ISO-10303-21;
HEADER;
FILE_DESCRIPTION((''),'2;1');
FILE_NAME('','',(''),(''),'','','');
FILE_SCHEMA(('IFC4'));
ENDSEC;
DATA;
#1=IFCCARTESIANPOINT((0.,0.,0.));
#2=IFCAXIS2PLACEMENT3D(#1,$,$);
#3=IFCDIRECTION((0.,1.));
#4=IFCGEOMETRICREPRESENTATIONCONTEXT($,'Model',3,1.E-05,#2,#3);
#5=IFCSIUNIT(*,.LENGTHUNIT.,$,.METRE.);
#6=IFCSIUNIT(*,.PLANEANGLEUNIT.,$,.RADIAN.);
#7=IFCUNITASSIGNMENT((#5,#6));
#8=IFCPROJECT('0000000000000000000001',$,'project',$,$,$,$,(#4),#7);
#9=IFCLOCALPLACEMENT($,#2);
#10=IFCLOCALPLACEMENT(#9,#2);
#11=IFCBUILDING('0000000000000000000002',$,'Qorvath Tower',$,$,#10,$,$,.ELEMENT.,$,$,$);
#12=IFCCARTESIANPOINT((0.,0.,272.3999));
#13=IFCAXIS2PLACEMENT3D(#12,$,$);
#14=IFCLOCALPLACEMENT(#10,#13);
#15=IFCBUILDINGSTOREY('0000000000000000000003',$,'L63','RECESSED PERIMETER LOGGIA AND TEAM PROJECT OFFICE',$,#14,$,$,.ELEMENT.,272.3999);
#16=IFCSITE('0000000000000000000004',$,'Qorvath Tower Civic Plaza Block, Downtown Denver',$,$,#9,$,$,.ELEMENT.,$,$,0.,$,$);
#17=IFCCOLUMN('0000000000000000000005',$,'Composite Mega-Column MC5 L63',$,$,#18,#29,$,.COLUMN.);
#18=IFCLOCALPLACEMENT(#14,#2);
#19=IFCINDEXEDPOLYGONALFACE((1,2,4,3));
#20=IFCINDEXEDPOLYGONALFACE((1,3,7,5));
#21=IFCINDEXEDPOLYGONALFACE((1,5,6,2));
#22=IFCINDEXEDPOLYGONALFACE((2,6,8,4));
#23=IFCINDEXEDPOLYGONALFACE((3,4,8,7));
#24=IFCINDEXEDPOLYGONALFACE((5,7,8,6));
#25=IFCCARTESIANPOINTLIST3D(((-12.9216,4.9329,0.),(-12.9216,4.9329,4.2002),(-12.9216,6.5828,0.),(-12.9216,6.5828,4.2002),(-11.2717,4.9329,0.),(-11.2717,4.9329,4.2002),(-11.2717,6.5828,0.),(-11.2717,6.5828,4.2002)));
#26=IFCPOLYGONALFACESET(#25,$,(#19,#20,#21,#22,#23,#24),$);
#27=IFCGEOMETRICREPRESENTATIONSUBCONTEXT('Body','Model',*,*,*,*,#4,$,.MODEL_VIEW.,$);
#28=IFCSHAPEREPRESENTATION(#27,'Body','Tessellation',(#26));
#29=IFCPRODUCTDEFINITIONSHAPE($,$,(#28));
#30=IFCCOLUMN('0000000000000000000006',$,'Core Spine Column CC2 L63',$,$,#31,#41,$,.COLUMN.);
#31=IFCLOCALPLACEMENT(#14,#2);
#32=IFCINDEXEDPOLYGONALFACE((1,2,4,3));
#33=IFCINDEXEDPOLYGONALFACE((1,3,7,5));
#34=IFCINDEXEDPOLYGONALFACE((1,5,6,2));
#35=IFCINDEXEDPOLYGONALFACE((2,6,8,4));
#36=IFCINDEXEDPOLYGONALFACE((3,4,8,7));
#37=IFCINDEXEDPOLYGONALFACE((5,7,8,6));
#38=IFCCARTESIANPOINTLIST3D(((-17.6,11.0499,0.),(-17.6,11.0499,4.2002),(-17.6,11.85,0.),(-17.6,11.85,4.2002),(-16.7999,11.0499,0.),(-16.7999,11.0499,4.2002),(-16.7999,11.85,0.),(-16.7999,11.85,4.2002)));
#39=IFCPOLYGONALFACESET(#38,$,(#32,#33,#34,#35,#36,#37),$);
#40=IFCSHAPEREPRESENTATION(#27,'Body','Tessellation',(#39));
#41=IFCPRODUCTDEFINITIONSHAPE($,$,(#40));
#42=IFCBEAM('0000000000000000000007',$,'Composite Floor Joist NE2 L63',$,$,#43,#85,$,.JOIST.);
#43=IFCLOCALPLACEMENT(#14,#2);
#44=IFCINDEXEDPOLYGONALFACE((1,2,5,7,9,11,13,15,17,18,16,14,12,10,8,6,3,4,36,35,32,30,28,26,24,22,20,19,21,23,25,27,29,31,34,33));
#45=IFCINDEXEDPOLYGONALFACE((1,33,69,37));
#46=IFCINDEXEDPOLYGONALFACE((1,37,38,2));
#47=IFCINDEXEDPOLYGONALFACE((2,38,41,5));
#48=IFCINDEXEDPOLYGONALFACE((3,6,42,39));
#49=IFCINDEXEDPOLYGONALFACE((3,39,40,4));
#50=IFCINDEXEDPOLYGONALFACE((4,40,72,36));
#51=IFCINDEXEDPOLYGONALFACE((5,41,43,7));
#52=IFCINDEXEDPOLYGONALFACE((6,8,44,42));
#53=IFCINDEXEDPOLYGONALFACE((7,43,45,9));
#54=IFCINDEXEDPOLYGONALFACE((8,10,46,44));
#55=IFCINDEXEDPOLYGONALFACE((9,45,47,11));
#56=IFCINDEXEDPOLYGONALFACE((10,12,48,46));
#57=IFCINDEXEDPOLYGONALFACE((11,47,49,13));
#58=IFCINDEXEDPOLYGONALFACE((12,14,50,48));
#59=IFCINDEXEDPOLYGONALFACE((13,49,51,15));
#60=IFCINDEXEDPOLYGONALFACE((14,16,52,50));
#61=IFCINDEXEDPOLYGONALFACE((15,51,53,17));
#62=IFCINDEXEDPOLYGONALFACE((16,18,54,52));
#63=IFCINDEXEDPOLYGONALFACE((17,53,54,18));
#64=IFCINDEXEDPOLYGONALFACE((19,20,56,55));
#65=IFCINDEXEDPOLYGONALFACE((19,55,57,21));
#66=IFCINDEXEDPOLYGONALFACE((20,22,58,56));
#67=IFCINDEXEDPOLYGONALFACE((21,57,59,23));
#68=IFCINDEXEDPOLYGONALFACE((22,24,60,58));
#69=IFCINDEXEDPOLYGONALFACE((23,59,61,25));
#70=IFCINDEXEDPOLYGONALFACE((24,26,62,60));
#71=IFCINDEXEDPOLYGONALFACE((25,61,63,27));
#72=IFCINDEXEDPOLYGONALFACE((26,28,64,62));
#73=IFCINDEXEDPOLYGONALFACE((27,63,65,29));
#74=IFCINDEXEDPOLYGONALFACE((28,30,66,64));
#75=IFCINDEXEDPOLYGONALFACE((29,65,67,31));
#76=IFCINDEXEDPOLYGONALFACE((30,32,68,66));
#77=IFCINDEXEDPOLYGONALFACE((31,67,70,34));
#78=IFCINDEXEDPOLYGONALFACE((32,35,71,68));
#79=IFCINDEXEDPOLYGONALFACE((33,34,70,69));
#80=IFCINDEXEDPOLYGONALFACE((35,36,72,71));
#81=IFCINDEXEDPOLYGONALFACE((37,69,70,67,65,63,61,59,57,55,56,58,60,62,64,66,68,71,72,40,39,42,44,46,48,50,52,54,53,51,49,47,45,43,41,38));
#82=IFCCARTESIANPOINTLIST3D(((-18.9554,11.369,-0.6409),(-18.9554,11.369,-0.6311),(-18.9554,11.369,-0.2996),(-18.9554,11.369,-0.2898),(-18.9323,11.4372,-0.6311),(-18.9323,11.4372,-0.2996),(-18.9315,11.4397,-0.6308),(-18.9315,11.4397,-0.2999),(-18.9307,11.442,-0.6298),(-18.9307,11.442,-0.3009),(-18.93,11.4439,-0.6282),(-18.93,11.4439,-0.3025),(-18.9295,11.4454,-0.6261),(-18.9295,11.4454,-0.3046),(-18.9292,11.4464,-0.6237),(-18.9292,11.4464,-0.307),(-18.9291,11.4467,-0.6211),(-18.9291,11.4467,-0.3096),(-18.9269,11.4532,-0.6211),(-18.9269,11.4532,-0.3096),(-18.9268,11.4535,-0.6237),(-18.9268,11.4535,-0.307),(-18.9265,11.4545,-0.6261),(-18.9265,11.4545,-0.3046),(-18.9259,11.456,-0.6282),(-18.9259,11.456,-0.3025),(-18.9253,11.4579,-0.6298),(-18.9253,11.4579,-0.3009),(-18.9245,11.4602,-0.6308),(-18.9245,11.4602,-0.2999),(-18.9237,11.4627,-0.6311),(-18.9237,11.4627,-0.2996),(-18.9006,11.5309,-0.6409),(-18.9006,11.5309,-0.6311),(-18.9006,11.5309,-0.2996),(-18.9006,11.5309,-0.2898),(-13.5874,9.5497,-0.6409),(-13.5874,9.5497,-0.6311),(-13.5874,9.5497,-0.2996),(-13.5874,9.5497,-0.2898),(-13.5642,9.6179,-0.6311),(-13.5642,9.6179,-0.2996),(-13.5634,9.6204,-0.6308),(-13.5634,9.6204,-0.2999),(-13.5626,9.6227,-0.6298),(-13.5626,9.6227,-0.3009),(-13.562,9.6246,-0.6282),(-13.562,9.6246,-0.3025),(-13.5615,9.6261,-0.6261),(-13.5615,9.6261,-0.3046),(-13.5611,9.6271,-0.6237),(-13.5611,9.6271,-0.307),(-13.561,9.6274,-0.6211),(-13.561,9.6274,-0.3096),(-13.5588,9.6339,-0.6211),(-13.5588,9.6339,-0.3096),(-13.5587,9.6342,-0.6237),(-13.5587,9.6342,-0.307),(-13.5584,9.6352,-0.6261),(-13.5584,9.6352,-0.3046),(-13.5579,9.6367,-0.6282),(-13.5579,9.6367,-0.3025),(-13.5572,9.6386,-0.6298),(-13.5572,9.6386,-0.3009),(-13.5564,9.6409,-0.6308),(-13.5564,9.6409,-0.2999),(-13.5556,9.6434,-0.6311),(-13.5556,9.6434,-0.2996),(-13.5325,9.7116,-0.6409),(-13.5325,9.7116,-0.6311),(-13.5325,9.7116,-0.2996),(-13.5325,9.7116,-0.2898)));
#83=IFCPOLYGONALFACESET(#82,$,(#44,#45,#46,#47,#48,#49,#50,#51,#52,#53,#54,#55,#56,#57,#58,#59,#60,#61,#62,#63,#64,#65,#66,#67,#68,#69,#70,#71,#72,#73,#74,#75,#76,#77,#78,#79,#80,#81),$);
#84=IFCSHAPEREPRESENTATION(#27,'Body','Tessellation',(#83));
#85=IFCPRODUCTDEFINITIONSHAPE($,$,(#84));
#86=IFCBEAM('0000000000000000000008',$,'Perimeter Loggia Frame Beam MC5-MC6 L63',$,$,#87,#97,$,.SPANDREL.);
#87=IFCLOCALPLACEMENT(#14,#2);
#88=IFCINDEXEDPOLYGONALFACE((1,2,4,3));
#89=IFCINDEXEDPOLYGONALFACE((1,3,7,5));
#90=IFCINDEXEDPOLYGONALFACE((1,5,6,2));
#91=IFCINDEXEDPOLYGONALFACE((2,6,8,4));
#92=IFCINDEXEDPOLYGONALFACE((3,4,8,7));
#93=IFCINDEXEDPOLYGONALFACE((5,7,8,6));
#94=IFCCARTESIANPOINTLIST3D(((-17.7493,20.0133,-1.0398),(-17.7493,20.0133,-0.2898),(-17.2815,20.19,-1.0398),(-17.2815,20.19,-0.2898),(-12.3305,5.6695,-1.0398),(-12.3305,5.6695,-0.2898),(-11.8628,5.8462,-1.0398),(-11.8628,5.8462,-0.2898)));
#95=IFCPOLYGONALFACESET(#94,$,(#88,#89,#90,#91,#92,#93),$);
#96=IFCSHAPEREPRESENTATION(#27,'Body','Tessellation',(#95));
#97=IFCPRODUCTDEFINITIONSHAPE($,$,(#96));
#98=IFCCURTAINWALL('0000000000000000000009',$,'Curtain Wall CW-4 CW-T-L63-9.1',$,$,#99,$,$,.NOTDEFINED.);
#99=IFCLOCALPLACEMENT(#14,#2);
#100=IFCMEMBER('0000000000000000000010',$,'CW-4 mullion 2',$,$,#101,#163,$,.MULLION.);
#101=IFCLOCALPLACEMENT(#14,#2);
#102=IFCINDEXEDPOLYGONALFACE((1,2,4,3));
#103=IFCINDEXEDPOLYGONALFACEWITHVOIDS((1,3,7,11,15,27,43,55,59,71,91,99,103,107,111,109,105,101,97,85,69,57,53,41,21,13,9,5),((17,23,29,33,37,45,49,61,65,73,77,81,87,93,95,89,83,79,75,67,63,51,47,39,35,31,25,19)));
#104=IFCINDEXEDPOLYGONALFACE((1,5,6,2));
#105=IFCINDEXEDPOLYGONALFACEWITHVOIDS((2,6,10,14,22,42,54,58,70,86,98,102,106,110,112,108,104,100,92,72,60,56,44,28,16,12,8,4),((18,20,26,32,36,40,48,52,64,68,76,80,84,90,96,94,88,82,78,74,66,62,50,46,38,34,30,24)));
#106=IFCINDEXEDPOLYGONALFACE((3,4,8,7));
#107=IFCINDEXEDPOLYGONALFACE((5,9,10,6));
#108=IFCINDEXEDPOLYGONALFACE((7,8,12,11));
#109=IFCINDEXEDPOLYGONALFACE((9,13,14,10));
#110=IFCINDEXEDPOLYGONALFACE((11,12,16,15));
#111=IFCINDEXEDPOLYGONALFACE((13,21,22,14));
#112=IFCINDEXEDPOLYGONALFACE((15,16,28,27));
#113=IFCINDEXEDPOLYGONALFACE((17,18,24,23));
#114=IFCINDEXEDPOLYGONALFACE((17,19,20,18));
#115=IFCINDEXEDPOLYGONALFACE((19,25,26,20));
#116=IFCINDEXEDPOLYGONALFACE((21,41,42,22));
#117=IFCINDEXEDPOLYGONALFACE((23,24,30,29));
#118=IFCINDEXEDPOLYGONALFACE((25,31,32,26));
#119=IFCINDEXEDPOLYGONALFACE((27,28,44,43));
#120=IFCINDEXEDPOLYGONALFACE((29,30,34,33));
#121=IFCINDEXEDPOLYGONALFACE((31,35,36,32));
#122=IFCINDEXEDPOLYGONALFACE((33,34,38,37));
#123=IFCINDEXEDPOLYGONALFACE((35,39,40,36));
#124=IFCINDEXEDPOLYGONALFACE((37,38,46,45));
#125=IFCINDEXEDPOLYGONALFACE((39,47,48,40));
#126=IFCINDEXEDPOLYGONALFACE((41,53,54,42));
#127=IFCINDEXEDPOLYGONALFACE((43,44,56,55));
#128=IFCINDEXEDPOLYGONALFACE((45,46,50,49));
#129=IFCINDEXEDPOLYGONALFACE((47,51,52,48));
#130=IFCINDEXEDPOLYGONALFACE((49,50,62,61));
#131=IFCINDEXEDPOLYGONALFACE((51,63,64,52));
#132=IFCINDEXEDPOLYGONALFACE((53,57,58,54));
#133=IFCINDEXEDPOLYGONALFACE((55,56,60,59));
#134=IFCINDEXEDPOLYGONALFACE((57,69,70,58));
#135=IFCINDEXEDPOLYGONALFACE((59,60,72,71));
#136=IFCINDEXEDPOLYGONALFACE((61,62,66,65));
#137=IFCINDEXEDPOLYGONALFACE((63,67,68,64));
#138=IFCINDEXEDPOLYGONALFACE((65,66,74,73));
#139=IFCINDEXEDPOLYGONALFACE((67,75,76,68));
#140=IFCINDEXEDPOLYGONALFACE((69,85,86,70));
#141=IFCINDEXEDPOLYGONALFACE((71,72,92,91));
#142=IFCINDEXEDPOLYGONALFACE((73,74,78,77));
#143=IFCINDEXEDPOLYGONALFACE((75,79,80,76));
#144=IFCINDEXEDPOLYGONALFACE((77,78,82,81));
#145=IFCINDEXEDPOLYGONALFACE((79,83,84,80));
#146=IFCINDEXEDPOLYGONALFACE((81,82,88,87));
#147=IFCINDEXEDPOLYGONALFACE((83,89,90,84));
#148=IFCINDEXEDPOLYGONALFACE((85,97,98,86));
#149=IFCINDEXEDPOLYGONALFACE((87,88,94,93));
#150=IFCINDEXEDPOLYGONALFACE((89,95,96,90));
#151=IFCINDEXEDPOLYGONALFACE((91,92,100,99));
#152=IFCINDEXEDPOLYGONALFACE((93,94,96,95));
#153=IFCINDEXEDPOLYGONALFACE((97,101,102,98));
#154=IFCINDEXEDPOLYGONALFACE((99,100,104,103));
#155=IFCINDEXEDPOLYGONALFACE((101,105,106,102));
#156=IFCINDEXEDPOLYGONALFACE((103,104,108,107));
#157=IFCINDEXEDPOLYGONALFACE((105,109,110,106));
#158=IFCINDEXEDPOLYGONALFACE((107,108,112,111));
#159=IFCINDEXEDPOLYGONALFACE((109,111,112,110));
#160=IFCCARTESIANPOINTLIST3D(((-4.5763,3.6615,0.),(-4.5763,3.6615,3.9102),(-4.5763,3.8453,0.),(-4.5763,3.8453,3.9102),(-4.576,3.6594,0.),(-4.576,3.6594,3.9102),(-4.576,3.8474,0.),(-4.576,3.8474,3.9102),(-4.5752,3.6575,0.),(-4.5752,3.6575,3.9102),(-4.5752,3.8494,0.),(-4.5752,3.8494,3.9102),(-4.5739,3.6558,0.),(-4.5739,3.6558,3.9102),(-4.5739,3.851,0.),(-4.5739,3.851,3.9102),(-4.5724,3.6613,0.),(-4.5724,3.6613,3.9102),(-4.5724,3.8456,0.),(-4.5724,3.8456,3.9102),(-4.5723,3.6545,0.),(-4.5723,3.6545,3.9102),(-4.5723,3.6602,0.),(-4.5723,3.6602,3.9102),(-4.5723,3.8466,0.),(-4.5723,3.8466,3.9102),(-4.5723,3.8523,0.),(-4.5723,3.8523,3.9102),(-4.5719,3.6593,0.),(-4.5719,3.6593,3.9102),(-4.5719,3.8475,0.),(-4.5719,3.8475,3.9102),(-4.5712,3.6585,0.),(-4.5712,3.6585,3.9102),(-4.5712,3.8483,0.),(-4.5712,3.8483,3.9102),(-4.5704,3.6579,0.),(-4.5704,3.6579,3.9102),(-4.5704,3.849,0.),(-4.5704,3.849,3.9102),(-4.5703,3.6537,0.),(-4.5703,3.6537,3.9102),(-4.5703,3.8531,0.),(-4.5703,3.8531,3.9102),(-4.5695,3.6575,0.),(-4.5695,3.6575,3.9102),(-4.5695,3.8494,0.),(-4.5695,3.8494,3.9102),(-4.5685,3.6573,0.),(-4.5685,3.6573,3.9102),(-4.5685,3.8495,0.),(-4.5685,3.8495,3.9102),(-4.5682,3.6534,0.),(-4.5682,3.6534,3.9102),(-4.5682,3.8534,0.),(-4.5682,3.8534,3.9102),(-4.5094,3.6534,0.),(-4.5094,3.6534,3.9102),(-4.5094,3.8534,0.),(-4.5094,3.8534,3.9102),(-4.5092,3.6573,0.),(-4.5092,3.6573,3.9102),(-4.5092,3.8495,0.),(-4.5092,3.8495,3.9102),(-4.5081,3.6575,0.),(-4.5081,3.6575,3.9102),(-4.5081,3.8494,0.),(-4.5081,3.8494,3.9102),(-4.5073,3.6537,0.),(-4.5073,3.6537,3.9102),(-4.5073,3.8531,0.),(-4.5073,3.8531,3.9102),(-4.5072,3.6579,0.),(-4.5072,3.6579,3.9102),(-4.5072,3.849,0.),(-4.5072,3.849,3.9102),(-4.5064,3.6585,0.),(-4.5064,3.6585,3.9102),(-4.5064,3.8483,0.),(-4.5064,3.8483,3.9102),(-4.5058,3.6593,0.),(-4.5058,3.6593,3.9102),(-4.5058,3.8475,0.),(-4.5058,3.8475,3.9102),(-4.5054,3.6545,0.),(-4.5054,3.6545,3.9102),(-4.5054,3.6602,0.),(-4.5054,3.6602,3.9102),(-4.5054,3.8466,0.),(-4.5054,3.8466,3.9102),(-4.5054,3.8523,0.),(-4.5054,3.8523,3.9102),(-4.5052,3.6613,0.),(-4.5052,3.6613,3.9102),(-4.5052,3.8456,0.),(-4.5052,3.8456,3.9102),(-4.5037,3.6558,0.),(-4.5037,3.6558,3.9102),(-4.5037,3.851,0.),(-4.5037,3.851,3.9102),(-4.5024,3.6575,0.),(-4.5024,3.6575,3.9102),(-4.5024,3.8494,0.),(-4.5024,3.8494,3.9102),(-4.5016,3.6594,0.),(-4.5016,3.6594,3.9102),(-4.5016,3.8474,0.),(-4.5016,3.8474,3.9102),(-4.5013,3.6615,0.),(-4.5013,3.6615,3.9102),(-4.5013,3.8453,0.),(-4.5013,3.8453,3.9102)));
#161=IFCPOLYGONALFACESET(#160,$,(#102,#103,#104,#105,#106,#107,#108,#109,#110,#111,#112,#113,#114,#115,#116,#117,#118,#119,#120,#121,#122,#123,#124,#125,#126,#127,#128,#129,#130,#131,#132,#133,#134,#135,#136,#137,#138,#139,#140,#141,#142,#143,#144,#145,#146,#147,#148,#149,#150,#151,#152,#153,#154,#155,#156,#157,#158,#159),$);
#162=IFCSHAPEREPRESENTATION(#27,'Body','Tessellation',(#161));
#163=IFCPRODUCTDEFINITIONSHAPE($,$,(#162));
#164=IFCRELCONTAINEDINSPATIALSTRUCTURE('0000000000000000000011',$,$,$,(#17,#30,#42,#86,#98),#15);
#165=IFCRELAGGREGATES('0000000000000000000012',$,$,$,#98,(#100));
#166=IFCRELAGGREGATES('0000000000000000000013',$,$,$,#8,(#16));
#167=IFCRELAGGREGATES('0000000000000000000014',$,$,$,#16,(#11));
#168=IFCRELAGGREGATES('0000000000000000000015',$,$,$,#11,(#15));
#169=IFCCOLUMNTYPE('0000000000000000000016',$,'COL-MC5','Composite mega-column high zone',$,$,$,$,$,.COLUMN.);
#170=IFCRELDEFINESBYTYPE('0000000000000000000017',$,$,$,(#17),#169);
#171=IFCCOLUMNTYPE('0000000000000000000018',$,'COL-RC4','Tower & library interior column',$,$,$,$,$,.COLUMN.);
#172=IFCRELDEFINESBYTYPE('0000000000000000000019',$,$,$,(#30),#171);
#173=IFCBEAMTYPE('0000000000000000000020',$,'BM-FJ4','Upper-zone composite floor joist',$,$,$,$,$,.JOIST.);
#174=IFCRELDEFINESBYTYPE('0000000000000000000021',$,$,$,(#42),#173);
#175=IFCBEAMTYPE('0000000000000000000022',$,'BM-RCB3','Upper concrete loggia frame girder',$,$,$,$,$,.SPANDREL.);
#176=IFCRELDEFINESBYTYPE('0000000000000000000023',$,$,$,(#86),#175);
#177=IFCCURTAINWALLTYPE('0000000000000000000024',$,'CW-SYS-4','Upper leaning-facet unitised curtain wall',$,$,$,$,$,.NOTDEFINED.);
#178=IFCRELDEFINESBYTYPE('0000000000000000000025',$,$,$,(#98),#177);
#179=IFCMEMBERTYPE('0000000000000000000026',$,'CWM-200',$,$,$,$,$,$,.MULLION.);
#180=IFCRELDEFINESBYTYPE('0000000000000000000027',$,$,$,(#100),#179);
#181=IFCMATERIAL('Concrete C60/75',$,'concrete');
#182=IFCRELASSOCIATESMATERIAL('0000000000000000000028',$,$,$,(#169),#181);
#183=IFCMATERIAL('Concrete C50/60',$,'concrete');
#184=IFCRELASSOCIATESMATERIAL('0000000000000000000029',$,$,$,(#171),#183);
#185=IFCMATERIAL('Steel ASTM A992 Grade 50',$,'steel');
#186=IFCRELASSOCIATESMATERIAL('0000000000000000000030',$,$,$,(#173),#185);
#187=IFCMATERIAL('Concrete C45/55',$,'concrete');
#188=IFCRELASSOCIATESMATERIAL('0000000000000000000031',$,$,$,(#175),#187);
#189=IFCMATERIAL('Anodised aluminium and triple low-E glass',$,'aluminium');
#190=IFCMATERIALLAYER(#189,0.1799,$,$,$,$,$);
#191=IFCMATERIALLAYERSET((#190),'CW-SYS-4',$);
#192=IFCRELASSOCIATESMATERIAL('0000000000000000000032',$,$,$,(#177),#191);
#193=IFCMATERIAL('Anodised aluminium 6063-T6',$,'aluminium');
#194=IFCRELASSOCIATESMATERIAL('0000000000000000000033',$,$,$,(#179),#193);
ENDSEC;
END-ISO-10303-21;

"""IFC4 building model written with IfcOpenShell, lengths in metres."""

from ifc_helpers import new_model, si_unit, direction, frame, origin, origin_2d, place, context, subcontext, project, spatial, rectangle, hollow_rectangle, i_section, extrude, material, layer, layer_set, material_profile, profile_set, type_object, element, aggregate, save


model = new_model("IFC4")

# Units and contexts
model_context = context("Model", 3, precision=1e-05, world=origin(), true_north=direction((0.0, 1.0)))
body_context = subcontext(model_context, "Body", "Model", "MODEL_VIEW")
ifc_project = project(units=[si_unit("LENGTHUNIT", "METRE"), si_unit("PLANEANGLEUNIT", "RADIAN")], contexts=[model_context])

# Site, building, storey
site_placement = place(None, origin())
site = spatial("IfcSite", under=ifc_project, at=site_placement, Name="Qorvath Tower Civic Plaza Block, Downtown Denver", CompositionType="ELEMENT", RefElevation=0.0)
building_placement = place(site_placement, origin())
building = spatial("IfcBuilding", under=site, at=building_placement, Name="Qorvath Tower", CompositionType="ELEMENT")
storey_placement = place(building_placement, frame((0.0, 0.0, 272.3999)))
storey = spatial("IfcBuildingStorey", under=building, at=storey_placement, Name="L63", Description="RECESSED PERIMETER LOGGIA AND TEAM PROJECT OFFICE", CompositionType="ELEMENT", Elevation=272.3999)

# Columns
ifc_material_1 = material(Name="Concrete C60/75", Category="concrete")
ifc_material_profile_1 = material_profile(ifc_material_1, rectangle(XDim=1.6499, YDim=1.6499, at=origin_2d()), Name="MC 1650x1650")
ifc_profile_set_1 = profile_set([ifc_material_profile_1], Name="Concrete C60/75")
column_type_1 = type_object("IfcColumnType", Name="COL-MC5", Description="Composite mega-column high zone", PredefinedType="COLUMN", material=ifc_profile_set_1)
column_1_placement = place(storey_placement, frame((-12.0967, 5.7578, 0.0), z_axis=(0.0, 0.0, 1.0), x_axis=(1.0, 0.0, 0.0)))
element("IfcColumn", 1, at=column_1_placement, inside=storey, type_object=column_type_1, Name="Composite Mega-Column MC5 L63", PredefinedType="COLUMN", context=body_context, shape_type="SweptSolid", body=[
    extrude(rectangle(XDim=1.6499, YDim=1.6499, at=origin_2d()), origin(), (0.0, 0.0, 1.0), 4.2002),
])
ifc_material_2 = material(Name="Concrete C50/60", Category="concrete")
ifc_material_profile_2 = material_profile(ifc_material_2, rectangle(XDim=0.8, YDim=0.8, at=origin_2d()), Name="RC 800x800")
ifc_profile_set_2 = profile_set([ifc_material_profile_2], Name="Concrete C50/60")
column_type_2 = type_object("IfcColumnType", Name="COL-RC4", Description="Tower & library interior column", PredefinedType="COLUMN", material=ifc_profile_set_2)
column_2_placement = place(storey_placement, frame((-17.2, 11.45, 0.0), z_axis=(0.0, 0.0, 1.0), x_axis=(1.0, 0.0, 0.0)))
element("IfcColumn", 2, at=column_2_placement, inside=storey, type_object=column_type_2, Name="Core Spine Column CC2 L63", PredefinedType="COLUMN", context=body_context, shape_type="SweptSolid", body=[
    extrude(rectangle(XDim=0.8, YDim=0.8, at=origin_2d()), origin(), (0.0, 0.0, 1.0), 4.2002),
])

# Beams
ifc_material_3 = material(Name="Steel ASTM A992 Grade 50", Category="steel")
ifc_material_profile_3 = material_profile(ifc_material_3, i_section(OverallWidth=0.1709, OverallDepth=0.3511, WebThickness=0.0068, FlangeThickness=0.0098, FilletRadius=0.01, at=origin_2d()), Name="W14x30")
ifc_profile_set_3 = profile_set([ifc_material_profile_3], Name="Steel ASTM A992 Grade 50")
beam_type_1 = type_object("IfcBeamType", Name="BM-FJ4", Description="Upper-zone composite floor joist", PredefinedType="JOIST", material=ifc_profile_set_3)
beam_1_placement = place(storey_placement, frame((-18.928, 11.45, -0.4653), z_axis=(0.947086, -0.320979, 0.0), x_axis=(0.320979, 0.947086, 0.0)))
element("IfcBeam", 3, at=beam_1_placement, inside=storey, type_object=beam_type_1, Name="Composite Floor Joist NE2 L63", PredefinedType="JOIST", context=body_context, shape_type="SweptSolid", body=[
    extrude(i_section(OverallWidth=0.1709, OverallDepth=0.3511, WebThickness=0.0068, FlangeThickness=0.0098, FilletRadius=0.01, at=origin_2d()), origin(), (0.0, 0.0, 1.0), 5.668),
])
ifc_material_4 = material(Name="Concrete C45/55", Category="concrete")
ifc_material_profile_4 = material_profile(ifc_material_4, rectangle(XDim=0.5, YDim=0.75, at=origin_2d()), Name="RCB 750x500")
ifc_profile_set_4 = profile_set([ifc_material_profile_4], Name="Concrete C45/55")
beam_type_2 = type_object("IfcBeamType", Name="BM-RCB3", Description="Upper concrete loggia frame girder", PredefinedType="SPANDREL", material=ifc_profile_set_4)
beam_2_placement = place(storey_placement, frame((-12.0967, 5.7578, -0.6648), z_axis=(-0.353398, 0.935473, 0.0), x_axis=(-0.935473, -0.353398, 0.0)))
element("IfcBeam", 4, at=beam_2_placement, inside=storey, type_object=beam_type_2, Name="Perimeter Loggia Frame Beam MC5-MC6 L63", PredefinedType="SPANDREL", context=body_context, shape_type="SweptSolid", body=[
    extrude(rectangle(XDim=0.5, YDim=0.75, at=origin_2d()), origin(), (0.0, 0.0, 1.0), 15.3333),
])

# Curtain wall, member
ifc_material_5 = material(Name="Anodised aluminium and triple low-E glass", Category="aluminium")
ifc_layer_1 = layer(ifc_material_5, 0.1799)
ifc_layer_set_1 = layer_set([ifc_layer_1], Name="CW-SYS-4")
curtain_wall_type = type_object("IfcCurtainWallType", Name="CW-SYS-4", Description="Upper leaning-facet unitised curtain wall", PredefinedType="NOTDEFINED", material=ifc_layer_set_1)
curtain_wall_1_placement = place(storey_placement, origin())
curtain_wall_1 = element("IfcCurtainWall", 5, at=curtain_wall_1_placement, inside=storey, type_object=curtain_wall_type, Name="Curtain Wall CW-4 CW-T-L63-9.1", PredefinedType="NOTDEFINED")
ifc_material_6 = material(Name="Anodised aluminium 6063-T6", Category="aluminium")
ifc_material_profile_5 = material_profile(ifc_material_6, hollow_rectangle(XDim=0.075, YDim=0.2, WallThickness=0.0039, InnerFilletRadius=0.0039, OuterFilletRadius=0.0081, at=origin_2d()), Name="CWM 200x75")
ifc_profile_set_5 = profile_set([ifc_material_profile_5], Name="Anodised aluminium 6063-T6")
member_type_1 = type_object("IfcMemberType", Name="CWM-200", PredefinedType="MULLION", material=ifc_profile_set_5)
member_1_placement = place(storey_placement, frame((-4.5388, 3.7534, 0.0), z_axis=(0.0, 0.0, 1.0), x_axis=(-1.0, 0.0, 0.0)))
member_1 = element("IfcMember", 6, at=member_1_placement, type_object=member_type_1, Name="CW-4 mullion 2", PredefinedType="MULLION", context=body_context, shape_type="SweptSolid", body=[
    extrude(hollow_rectangle(XDim=0.075, YDim=0.2, WallThickness=0.0039, InnerFilletRadius=0.0039, OuterFilletRadius=0.0081, at=origin_2d()), origin(), (0.0, 0.0, 1.0), 3.9102),
])
aggregate(curtain_wall_1, [member_1])

save(model, "model.ifc")
